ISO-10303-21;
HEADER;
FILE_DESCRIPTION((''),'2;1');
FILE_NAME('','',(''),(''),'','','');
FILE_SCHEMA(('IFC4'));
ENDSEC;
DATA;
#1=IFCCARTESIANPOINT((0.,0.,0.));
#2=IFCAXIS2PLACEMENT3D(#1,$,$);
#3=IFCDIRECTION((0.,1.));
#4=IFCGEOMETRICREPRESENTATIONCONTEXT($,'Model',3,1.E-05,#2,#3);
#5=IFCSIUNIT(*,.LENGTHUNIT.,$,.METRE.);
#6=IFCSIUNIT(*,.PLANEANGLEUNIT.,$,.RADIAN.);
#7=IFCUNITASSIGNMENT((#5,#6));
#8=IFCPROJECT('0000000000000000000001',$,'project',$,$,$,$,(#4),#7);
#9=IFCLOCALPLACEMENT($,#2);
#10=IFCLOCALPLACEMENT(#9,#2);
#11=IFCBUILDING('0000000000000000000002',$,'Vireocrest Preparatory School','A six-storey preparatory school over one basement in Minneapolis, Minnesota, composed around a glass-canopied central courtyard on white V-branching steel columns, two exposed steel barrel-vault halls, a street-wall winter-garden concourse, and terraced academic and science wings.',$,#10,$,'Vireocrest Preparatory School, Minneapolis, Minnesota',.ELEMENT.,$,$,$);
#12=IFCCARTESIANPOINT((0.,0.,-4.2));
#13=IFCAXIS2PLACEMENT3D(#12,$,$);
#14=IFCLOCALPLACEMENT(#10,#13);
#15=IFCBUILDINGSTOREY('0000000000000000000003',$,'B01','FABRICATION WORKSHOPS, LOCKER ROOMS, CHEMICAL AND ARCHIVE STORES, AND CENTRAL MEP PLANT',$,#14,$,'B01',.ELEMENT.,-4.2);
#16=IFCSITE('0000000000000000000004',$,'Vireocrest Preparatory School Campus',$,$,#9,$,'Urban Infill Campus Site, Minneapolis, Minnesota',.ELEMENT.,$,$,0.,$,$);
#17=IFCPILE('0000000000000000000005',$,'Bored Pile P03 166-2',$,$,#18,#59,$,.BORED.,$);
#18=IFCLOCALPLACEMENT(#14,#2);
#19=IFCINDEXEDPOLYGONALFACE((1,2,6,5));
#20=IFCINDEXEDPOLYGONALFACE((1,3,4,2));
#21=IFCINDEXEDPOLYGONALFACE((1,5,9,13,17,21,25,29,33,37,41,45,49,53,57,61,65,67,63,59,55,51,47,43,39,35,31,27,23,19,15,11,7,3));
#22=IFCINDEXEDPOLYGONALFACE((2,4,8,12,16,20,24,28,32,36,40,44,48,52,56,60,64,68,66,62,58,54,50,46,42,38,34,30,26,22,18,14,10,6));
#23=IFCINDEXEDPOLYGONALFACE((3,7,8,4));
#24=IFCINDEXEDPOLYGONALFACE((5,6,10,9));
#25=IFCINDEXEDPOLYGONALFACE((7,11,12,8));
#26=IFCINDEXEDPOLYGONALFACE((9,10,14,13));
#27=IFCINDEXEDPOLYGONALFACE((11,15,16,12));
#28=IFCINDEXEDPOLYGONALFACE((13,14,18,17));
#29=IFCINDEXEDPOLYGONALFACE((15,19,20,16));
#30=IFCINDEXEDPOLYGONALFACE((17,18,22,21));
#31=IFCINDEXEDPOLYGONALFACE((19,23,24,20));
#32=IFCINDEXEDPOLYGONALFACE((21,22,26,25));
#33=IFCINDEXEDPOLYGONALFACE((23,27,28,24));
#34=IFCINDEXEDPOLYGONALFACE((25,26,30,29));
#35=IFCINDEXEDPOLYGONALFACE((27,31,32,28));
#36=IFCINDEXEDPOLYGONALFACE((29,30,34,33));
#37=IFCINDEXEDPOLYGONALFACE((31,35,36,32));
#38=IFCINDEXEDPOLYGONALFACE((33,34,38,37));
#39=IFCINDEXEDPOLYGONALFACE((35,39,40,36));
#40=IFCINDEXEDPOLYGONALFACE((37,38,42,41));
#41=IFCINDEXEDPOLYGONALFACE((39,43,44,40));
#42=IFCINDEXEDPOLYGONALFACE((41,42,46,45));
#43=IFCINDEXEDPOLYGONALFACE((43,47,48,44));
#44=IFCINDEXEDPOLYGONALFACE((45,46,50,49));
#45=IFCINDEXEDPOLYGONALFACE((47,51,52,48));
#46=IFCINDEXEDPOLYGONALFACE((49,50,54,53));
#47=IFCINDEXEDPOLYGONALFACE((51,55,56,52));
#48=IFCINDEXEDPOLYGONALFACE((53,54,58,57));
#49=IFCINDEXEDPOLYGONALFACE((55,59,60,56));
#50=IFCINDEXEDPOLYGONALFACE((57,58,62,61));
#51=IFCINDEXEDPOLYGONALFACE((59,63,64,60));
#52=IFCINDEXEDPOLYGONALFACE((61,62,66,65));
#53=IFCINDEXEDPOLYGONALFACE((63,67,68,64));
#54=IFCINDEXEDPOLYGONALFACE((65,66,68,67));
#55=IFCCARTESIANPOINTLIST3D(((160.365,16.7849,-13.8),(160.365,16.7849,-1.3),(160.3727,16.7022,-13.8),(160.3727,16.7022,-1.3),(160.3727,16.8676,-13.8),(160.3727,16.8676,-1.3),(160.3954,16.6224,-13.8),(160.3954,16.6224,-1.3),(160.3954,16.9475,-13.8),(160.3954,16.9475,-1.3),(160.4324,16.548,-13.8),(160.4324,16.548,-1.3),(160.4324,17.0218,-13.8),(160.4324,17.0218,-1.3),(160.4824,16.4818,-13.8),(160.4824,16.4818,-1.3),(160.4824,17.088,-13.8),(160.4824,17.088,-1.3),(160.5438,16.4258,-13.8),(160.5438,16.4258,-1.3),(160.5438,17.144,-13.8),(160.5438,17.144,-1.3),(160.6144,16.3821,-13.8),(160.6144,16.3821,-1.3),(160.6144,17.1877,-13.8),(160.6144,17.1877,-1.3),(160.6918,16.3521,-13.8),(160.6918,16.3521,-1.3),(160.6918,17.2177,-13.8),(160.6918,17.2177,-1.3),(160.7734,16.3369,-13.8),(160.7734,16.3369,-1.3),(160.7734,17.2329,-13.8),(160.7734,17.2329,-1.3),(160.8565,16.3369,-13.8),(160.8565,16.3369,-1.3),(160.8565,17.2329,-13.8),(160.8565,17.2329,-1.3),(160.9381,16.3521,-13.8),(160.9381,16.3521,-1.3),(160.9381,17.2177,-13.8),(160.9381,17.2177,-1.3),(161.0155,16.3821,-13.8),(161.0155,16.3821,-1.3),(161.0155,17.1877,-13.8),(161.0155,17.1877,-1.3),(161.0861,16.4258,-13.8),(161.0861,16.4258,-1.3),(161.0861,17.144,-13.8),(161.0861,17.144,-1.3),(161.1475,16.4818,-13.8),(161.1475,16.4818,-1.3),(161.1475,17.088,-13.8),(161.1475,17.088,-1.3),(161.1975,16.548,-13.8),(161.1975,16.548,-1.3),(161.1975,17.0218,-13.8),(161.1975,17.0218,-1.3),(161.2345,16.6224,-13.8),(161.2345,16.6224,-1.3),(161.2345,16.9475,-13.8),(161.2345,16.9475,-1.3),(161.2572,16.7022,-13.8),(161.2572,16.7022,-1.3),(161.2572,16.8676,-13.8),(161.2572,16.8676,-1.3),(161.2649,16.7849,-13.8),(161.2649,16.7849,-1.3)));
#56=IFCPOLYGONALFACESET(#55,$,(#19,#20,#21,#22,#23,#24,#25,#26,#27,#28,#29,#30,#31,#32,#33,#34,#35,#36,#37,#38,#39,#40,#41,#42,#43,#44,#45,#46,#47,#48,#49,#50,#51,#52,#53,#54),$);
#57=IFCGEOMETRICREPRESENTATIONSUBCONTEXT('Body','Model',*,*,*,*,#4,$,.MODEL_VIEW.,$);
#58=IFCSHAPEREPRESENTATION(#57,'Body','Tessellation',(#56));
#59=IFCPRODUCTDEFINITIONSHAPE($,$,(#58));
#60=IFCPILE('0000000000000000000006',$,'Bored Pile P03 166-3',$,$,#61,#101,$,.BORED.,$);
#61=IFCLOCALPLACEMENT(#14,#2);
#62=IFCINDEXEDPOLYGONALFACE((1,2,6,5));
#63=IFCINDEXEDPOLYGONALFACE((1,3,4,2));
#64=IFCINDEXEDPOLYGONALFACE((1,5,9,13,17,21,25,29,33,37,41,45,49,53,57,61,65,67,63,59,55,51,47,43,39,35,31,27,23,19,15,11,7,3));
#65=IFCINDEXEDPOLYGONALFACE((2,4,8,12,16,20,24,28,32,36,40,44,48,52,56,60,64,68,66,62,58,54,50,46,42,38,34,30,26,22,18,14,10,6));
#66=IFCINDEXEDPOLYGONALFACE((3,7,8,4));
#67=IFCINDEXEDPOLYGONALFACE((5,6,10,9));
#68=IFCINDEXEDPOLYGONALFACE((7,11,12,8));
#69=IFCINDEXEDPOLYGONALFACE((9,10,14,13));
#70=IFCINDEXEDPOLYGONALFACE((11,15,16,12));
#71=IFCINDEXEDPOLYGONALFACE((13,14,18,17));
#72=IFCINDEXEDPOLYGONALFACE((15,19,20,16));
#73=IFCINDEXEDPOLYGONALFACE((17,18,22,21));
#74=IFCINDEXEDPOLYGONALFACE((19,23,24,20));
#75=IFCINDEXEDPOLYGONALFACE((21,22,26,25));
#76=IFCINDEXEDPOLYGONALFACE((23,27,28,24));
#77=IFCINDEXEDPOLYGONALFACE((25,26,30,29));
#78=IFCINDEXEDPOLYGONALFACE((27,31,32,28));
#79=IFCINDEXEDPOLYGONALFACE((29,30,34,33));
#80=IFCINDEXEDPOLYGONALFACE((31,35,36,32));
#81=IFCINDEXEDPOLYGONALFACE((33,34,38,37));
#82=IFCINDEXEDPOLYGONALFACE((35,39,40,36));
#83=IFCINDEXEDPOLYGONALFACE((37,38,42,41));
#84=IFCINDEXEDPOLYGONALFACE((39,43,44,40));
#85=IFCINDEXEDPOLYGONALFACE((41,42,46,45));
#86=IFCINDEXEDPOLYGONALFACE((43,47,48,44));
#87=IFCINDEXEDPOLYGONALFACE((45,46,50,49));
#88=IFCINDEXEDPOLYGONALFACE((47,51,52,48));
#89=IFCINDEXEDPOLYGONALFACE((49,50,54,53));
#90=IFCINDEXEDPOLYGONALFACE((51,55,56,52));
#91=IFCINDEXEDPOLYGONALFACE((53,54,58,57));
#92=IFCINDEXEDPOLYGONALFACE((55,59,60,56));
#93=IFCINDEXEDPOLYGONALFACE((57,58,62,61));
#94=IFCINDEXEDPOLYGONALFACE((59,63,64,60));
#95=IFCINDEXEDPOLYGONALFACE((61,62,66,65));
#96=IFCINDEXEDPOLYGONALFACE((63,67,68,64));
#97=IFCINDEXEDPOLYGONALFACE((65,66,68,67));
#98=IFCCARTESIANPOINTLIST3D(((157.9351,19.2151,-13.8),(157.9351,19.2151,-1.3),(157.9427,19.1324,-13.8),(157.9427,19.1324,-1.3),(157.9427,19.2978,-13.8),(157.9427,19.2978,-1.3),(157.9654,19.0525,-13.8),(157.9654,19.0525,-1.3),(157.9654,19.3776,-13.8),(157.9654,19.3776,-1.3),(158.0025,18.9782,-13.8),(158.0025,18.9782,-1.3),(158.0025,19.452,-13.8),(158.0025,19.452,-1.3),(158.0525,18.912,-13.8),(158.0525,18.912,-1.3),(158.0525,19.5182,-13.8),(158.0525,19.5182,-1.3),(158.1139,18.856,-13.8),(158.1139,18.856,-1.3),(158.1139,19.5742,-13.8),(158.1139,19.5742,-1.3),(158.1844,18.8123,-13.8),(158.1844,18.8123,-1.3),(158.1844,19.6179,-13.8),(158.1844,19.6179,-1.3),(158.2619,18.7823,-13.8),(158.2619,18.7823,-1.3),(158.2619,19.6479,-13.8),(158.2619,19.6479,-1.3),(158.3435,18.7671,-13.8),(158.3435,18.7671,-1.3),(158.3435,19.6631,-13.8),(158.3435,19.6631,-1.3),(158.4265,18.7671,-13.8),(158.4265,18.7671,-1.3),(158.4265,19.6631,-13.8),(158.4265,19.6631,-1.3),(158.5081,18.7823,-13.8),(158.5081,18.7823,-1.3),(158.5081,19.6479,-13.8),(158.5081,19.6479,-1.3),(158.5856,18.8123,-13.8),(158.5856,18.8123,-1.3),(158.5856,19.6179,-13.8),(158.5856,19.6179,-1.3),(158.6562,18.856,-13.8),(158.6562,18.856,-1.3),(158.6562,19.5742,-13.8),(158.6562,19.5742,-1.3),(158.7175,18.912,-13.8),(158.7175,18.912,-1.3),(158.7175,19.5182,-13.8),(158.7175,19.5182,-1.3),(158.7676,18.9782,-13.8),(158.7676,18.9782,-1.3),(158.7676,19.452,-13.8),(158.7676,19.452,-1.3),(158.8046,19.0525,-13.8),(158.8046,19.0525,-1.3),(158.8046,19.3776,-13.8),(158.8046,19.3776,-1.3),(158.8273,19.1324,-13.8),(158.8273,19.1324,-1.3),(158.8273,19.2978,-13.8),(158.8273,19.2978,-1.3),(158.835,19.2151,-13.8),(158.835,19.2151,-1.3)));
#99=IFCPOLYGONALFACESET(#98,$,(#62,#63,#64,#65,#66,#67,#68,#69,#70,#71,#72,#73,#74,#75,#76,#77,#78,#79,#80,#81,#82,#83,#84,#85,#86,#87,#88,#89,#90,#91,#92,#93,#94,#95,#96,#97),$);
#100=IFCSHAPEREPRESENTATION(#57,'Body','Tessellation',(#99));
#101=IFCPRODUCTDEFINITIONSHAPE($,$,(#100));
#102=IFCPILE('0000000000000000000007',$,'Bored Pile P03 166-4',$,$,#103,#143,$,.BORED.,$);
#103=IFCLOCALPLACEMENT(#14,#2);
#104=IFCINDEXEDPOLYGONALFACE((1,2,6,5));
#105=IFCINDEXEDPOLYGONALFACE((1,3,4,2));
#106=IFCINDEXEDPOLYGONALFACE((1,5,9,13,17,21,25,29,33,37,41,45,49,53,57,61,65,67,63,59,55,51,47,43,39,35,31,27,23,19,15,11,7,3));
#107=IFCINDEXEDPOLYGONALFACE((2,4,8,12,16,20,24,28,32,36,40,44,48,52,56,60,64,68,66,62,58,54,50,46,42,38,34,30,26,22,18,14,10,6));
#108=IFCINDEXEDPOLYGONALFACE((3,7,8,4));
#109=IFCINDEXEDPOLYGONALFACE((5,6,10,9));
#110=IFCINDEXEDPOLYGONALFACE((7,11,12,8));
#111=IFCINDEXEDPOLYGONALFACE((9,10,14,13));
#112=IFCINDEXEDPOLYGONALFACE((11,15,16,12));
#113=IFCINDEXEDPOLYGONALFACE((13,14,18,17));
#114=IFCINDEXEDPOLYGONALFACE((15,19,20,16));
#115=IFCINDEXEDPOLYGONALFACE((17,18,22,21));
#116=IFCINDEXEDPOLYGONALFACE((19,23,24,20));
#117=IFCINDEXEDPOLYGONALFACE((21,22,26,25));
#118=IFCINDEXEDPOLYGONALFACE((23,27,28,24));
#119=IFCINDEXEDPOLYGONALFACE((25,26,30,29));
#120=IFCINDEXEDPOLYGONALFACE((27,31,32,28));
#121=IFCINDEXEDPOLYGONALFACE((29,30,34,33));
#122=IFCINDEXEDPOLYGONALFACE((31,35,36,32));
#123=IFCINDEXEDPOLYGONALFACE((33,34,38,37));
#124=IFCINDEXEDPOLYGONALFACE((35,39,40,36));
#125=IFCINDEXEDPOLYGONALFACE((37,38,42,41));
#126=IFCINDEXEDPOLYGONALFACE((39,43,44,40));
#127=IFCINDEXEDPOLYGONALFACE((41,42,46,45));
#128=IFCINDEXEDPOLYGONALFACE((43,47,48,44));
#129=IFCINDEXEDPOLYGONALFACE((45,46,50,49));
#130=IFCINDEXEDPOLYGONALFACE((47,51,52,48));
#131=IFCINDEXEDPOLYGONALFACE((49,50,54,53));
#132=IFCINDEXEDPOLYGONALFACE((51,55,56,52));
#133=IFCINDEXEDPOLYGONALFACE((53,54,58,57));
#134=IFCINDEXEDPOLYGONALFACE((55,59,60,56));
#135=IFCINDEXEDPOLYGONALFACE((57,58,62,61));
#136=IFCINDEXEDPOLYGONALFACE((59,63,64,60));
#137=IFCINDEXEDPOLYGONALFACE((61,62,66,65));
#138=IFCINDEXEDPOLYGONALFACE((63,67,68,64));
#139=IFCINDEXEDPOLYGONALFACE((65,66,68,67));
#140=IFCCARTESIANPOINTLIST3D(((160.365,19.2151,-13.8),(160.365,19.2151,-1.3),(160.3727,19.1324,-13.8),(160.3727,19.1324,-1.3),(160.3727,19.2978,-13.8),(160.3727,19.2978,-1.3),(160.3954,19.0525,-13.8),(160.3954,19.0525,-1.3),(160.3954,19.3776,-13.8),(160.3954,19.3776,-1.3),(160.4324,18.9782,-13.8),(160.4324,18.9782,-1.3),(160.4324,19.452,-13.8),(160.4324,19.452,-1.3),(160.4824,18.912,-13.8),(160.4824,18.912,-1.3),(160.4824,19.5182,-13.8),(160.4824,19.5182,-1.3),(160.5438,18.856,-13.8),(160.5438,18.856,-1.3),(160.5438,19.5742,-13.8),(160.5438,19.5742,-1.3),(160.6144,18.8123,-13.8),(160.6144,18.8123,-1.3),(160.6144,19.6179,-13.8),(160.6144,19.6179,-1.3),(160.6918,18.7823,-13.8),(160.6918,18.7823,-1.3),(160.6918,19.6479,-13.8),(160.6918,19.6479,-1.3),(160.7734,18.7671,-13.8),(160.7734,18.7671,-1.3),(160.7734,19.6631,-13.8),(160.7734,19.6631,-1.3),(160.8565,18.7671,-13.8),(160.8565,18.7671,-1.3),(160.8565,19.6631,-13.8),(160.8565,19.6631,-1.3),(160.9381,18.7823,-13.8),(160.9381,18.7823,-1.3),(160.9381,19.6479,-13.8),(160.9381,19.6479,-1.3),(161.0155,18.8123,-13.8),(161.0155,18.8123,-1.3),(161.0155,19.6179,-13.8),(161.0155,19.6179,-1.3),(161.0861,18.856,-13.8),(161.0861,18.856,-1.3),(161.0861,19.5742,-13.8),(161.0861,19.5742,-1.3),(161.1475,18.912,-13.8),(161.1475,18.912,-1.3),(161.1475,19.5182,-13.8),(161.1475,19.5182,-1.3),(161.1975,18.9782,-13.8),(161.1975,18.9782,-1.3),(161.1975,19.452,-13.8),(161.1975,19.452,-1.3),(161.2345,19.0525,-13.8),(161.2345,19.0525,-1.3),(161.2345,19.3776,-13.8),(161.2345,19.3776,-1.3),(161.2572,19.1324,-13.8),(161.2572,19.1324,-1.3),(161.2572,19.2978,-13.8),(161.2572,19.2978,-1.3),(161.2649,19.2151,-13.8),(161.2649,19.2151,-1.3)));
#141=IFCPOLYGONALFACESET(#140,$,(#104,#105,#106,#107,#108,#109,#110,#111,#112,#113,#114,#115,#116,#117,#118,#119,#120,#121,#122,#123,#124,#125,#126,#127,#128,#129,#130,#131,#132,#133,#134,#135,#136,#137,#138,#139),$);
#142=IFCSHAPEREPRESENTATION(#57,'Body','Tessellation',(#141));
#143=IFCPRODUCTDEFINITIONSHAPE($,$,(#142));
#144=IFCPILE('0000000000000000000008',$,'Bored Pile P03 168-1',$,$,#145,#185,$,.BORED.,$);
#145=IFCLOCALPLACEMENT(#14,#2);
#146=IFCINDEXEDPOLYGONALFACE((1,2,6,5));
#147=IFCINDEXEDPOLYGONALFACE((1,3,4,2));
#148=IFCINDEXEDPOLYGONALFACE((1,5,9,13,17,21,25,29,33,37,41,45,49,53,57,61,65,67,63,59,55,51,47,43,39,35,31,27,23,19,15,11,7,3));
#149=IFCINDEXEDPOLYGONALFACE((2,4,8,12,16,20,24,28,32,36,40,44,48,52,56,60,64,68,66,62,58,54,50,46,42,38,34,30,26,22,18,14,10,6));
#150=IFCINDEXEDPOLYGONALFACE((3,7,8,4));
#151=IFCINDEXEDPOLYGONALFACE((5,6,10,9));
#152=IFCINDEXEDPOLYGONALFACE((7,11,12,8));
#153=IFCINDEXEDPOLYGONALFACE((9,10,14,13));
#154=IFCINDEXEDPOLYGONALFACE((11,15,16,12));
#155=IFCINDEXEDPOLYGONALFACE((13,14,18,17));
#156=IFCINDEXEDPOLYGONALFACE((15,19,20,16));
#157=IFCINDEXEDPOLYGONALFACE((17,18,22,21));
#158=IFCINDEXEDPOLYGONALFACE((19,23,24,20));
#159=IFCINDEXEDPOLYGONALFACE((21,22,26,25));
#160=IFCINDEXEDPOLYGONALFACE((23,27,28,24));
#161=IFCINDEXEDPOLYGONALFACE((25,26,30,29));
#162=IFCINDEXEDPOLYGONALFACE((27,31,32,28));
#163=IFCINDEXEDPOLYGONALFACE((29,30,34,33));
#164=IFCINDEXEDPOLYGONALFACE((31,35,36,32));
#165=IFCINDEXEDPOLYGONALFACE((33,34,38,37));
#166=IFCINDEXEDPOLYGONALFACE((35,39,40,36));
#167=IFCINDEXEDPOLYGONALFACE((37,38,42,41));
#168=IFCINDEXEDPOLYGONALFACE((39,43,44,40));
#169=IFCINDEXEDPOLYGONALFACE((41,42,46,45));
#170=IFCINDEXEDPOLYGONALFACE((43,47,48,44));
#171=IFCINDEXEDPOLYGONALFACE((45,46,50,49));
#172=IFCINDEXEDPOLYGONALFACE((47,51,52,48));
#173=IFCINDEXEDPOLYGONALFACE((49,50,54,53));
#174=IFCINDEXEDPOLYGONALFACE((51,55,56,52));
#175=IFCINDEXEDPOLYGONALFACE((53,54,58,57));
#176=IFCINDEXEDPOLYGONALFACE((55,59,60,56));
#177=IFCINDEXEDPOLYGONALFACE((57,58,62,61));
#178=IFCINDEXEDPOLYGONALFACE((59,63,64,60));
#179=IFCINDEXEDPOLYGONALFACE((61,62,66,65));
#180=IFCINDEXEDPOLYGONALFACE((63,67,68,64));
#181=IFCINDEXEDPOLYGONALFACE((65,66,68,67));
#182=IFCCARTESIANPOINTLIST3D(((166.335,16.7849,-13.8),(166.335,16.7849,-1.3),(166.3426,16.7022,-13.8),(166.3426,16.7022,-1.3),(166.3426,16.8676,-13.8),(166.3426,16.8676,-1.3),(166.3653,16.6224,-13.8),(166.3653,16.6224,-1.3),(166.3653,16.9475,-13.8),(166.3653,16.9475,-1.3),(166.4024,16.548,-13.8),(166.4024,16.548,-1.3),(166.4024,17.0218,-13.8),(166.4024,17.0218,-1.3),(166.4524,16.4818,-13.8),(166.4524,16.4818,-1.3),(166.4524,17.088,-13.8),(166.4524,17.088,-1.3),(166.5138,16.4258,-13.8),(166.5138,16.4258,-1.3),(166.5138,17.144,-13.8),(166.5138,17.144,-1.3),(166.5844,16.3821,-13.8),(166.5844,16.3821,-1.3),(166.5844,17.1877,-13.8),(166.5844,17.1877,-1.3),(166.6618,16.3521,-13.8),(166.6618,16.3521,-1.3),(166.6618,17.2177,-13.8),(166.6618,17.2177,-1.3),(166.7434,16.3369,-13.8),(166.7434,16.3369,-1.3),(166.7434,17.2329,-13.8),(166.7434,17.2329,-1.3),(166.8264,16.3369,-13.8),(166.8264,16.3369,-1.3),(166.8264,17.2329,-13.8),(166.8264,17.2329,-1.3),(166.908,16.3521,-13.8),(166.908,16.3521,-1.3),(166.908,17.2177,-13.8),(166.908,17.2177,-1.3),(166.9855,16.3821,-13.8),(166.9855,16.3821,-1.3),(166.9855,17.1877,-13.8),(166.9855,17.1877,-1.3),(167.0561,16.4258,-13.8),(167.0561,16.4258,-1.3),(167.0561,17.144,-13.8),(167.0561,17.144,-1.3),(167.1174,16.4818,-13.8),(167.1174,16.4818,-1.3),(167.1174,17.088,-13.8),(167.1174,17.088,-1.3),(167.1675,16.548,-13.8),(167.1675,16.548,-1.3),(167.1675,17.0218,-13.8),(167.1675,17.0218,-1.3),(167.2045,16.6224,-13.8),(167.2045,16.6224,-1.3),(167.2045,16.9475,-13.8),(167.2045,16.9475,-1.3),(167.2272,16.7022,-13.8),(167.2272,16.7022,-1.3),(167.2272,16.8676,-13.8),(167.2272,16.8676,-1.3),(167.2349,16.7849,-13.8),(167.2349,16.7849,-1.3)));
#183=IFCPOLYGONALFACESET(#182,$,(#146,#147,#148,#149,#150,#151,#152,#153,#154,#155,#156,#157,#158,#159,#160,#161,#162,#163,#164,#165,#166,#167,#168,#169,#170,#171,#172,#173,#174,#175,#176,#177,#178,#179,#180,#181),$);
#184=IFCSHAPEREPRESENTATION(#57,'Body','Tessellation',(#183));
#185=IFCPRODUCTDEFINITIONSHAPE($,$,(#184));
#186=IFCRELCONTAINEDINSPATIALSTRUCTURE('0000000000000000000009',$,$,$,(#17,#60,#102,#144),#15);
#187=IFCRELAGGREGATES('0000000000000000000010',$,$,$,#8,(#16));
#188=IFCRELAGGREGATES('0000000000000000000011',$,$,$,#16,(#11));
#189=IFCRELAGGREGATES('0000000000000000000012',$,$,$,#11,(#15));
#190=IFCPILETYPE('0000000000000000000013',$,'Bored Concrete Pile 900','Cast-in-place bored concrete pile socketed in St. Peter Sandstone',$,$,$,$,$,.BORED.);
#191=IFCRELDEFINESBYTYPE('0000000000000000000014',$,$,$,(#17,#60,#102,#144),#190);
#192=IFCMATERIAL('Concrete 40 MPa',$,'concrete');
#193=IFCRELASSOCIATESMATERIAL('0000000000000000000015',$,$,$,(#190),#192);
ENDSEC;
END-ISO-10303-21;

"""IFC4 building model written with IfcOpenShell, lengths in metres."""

from ifc_helpers import new_model, si_unit, direction, frame, origin, origin_2d, place, context, subcontext, project, spatial, circle, extrude, material, material_profile, profile_set, type_object, element, save


model = new_model("IFC4")

# Units and contexts
model_context = context("Model", 3, precision=1e-05, world=origin(), true_north=direction((0.0, 1.0)))
body_context = subcontext(model_context, "Body", "Model", "MODEL_VIEW")
ifc_project = project(units=[si_unit("LENGTHUNIT", "METRE"), si_unit("PLANEANGLEUNIT", "RADIAN")], contexts=[model_context])

# Site, building, storey
site_placement = place(None, origin())
site = spatial("IfcSite", under=ifc_project, at=site_placement, Name="Vireocrest Preparatory School Campus", LongName="Urban Infill Campus Site, Minneapolis, Minnesota", CompositionType="ELEMENT", RefElevation=0.0)
building_placement = place(site_placement, origin())
building = spatial("IfcBuilding", under=site, at=building_placement, Name="Vireocrest Preparatory School", Description="A six-storey preparatory school over one basement in Minneapolis, Minnesota, composed around a glass-canopied central courtyard on white V-branching steel columns, two exposed steel barrel-vault halls, a street-wall winter-garden concourse, and terraced academic and science wings.", LongName="Vireocrest Preparatory School, Minneapolis, Minnesota", CompositionType="ELEMENT")
storey_placement = place(building_placement, frame((0.0, 0.0, -4.2)))
storey = spatial("IfcBuildingStorey", under=building, at=storey_placement, Name="B01", Description="FABRICATION WORKSHOPS, LOCKER ROOMS, CHEMICAL AND ARCHIVE STORES, AND CENTRAL MEP PLANT", LongName="B01", CompositionType="ELEMENT", Elevation=-4.2)

# Piles
ifc_material_1 = material(Name="Concrete 40 MPa", Category="concrete")
ifc_material_profile_1 = material_profile(ifc_material_1, circle(Radius=0.45, at=origin_2d()), Name="BORED PILE 900")
ifc_profile_set_1 = profile_set([ifc_material_profile_1], Name="Concrete 40 MPa")
pile_type = type_object("IfcPileType", Name="Bored Concrete Pile 900", Description="Cast-in-place bored concrete pile socketed in St. Peter Sandstone", PredefinedType="BORED", material=ifc_profile_set_1)
for number, where, z_axis, x_axis, name in (
    (1, (160.8149, 16.7849, -1.3), (0.0, 0.0, -1.0), (1.0, 0.0, 0.0), "Bored Pile P03 166-2"),
    (2, (158.385, 19.2151, -1.3), (0.0, 0.0, -1.0), (1.0, 0.0, 0.0), "Bored Pile P03 166-3"),
    (3, (160.8149, 19.2151, -1.3), (0.0, 0.0, -1.0), (1.0, 0.0, 0.0), "Bored Pile P03 166-4"),
    (4, (166.7849, 16.7849, -1.3), (0.0, 0.0, -1.0), (1.0, 0.0, 0.0), "Bored Pile P03 168-1"),
):
    element("IfcPile", number, at=place(storey_placement, frame(where, z_axis=z_axis, x_axis=x_axis)), inside=storey, type_object=pile_type, Name=name, PredefinedType="BORED", context=body_context, shape_type="SweptSolid", body=[
        extrude(circle(Radius=0.45, at=origin_2d()), origin(), (0.0, 0.0, 1.0), 12.5),
    ])

save(model, "model.ifc")
